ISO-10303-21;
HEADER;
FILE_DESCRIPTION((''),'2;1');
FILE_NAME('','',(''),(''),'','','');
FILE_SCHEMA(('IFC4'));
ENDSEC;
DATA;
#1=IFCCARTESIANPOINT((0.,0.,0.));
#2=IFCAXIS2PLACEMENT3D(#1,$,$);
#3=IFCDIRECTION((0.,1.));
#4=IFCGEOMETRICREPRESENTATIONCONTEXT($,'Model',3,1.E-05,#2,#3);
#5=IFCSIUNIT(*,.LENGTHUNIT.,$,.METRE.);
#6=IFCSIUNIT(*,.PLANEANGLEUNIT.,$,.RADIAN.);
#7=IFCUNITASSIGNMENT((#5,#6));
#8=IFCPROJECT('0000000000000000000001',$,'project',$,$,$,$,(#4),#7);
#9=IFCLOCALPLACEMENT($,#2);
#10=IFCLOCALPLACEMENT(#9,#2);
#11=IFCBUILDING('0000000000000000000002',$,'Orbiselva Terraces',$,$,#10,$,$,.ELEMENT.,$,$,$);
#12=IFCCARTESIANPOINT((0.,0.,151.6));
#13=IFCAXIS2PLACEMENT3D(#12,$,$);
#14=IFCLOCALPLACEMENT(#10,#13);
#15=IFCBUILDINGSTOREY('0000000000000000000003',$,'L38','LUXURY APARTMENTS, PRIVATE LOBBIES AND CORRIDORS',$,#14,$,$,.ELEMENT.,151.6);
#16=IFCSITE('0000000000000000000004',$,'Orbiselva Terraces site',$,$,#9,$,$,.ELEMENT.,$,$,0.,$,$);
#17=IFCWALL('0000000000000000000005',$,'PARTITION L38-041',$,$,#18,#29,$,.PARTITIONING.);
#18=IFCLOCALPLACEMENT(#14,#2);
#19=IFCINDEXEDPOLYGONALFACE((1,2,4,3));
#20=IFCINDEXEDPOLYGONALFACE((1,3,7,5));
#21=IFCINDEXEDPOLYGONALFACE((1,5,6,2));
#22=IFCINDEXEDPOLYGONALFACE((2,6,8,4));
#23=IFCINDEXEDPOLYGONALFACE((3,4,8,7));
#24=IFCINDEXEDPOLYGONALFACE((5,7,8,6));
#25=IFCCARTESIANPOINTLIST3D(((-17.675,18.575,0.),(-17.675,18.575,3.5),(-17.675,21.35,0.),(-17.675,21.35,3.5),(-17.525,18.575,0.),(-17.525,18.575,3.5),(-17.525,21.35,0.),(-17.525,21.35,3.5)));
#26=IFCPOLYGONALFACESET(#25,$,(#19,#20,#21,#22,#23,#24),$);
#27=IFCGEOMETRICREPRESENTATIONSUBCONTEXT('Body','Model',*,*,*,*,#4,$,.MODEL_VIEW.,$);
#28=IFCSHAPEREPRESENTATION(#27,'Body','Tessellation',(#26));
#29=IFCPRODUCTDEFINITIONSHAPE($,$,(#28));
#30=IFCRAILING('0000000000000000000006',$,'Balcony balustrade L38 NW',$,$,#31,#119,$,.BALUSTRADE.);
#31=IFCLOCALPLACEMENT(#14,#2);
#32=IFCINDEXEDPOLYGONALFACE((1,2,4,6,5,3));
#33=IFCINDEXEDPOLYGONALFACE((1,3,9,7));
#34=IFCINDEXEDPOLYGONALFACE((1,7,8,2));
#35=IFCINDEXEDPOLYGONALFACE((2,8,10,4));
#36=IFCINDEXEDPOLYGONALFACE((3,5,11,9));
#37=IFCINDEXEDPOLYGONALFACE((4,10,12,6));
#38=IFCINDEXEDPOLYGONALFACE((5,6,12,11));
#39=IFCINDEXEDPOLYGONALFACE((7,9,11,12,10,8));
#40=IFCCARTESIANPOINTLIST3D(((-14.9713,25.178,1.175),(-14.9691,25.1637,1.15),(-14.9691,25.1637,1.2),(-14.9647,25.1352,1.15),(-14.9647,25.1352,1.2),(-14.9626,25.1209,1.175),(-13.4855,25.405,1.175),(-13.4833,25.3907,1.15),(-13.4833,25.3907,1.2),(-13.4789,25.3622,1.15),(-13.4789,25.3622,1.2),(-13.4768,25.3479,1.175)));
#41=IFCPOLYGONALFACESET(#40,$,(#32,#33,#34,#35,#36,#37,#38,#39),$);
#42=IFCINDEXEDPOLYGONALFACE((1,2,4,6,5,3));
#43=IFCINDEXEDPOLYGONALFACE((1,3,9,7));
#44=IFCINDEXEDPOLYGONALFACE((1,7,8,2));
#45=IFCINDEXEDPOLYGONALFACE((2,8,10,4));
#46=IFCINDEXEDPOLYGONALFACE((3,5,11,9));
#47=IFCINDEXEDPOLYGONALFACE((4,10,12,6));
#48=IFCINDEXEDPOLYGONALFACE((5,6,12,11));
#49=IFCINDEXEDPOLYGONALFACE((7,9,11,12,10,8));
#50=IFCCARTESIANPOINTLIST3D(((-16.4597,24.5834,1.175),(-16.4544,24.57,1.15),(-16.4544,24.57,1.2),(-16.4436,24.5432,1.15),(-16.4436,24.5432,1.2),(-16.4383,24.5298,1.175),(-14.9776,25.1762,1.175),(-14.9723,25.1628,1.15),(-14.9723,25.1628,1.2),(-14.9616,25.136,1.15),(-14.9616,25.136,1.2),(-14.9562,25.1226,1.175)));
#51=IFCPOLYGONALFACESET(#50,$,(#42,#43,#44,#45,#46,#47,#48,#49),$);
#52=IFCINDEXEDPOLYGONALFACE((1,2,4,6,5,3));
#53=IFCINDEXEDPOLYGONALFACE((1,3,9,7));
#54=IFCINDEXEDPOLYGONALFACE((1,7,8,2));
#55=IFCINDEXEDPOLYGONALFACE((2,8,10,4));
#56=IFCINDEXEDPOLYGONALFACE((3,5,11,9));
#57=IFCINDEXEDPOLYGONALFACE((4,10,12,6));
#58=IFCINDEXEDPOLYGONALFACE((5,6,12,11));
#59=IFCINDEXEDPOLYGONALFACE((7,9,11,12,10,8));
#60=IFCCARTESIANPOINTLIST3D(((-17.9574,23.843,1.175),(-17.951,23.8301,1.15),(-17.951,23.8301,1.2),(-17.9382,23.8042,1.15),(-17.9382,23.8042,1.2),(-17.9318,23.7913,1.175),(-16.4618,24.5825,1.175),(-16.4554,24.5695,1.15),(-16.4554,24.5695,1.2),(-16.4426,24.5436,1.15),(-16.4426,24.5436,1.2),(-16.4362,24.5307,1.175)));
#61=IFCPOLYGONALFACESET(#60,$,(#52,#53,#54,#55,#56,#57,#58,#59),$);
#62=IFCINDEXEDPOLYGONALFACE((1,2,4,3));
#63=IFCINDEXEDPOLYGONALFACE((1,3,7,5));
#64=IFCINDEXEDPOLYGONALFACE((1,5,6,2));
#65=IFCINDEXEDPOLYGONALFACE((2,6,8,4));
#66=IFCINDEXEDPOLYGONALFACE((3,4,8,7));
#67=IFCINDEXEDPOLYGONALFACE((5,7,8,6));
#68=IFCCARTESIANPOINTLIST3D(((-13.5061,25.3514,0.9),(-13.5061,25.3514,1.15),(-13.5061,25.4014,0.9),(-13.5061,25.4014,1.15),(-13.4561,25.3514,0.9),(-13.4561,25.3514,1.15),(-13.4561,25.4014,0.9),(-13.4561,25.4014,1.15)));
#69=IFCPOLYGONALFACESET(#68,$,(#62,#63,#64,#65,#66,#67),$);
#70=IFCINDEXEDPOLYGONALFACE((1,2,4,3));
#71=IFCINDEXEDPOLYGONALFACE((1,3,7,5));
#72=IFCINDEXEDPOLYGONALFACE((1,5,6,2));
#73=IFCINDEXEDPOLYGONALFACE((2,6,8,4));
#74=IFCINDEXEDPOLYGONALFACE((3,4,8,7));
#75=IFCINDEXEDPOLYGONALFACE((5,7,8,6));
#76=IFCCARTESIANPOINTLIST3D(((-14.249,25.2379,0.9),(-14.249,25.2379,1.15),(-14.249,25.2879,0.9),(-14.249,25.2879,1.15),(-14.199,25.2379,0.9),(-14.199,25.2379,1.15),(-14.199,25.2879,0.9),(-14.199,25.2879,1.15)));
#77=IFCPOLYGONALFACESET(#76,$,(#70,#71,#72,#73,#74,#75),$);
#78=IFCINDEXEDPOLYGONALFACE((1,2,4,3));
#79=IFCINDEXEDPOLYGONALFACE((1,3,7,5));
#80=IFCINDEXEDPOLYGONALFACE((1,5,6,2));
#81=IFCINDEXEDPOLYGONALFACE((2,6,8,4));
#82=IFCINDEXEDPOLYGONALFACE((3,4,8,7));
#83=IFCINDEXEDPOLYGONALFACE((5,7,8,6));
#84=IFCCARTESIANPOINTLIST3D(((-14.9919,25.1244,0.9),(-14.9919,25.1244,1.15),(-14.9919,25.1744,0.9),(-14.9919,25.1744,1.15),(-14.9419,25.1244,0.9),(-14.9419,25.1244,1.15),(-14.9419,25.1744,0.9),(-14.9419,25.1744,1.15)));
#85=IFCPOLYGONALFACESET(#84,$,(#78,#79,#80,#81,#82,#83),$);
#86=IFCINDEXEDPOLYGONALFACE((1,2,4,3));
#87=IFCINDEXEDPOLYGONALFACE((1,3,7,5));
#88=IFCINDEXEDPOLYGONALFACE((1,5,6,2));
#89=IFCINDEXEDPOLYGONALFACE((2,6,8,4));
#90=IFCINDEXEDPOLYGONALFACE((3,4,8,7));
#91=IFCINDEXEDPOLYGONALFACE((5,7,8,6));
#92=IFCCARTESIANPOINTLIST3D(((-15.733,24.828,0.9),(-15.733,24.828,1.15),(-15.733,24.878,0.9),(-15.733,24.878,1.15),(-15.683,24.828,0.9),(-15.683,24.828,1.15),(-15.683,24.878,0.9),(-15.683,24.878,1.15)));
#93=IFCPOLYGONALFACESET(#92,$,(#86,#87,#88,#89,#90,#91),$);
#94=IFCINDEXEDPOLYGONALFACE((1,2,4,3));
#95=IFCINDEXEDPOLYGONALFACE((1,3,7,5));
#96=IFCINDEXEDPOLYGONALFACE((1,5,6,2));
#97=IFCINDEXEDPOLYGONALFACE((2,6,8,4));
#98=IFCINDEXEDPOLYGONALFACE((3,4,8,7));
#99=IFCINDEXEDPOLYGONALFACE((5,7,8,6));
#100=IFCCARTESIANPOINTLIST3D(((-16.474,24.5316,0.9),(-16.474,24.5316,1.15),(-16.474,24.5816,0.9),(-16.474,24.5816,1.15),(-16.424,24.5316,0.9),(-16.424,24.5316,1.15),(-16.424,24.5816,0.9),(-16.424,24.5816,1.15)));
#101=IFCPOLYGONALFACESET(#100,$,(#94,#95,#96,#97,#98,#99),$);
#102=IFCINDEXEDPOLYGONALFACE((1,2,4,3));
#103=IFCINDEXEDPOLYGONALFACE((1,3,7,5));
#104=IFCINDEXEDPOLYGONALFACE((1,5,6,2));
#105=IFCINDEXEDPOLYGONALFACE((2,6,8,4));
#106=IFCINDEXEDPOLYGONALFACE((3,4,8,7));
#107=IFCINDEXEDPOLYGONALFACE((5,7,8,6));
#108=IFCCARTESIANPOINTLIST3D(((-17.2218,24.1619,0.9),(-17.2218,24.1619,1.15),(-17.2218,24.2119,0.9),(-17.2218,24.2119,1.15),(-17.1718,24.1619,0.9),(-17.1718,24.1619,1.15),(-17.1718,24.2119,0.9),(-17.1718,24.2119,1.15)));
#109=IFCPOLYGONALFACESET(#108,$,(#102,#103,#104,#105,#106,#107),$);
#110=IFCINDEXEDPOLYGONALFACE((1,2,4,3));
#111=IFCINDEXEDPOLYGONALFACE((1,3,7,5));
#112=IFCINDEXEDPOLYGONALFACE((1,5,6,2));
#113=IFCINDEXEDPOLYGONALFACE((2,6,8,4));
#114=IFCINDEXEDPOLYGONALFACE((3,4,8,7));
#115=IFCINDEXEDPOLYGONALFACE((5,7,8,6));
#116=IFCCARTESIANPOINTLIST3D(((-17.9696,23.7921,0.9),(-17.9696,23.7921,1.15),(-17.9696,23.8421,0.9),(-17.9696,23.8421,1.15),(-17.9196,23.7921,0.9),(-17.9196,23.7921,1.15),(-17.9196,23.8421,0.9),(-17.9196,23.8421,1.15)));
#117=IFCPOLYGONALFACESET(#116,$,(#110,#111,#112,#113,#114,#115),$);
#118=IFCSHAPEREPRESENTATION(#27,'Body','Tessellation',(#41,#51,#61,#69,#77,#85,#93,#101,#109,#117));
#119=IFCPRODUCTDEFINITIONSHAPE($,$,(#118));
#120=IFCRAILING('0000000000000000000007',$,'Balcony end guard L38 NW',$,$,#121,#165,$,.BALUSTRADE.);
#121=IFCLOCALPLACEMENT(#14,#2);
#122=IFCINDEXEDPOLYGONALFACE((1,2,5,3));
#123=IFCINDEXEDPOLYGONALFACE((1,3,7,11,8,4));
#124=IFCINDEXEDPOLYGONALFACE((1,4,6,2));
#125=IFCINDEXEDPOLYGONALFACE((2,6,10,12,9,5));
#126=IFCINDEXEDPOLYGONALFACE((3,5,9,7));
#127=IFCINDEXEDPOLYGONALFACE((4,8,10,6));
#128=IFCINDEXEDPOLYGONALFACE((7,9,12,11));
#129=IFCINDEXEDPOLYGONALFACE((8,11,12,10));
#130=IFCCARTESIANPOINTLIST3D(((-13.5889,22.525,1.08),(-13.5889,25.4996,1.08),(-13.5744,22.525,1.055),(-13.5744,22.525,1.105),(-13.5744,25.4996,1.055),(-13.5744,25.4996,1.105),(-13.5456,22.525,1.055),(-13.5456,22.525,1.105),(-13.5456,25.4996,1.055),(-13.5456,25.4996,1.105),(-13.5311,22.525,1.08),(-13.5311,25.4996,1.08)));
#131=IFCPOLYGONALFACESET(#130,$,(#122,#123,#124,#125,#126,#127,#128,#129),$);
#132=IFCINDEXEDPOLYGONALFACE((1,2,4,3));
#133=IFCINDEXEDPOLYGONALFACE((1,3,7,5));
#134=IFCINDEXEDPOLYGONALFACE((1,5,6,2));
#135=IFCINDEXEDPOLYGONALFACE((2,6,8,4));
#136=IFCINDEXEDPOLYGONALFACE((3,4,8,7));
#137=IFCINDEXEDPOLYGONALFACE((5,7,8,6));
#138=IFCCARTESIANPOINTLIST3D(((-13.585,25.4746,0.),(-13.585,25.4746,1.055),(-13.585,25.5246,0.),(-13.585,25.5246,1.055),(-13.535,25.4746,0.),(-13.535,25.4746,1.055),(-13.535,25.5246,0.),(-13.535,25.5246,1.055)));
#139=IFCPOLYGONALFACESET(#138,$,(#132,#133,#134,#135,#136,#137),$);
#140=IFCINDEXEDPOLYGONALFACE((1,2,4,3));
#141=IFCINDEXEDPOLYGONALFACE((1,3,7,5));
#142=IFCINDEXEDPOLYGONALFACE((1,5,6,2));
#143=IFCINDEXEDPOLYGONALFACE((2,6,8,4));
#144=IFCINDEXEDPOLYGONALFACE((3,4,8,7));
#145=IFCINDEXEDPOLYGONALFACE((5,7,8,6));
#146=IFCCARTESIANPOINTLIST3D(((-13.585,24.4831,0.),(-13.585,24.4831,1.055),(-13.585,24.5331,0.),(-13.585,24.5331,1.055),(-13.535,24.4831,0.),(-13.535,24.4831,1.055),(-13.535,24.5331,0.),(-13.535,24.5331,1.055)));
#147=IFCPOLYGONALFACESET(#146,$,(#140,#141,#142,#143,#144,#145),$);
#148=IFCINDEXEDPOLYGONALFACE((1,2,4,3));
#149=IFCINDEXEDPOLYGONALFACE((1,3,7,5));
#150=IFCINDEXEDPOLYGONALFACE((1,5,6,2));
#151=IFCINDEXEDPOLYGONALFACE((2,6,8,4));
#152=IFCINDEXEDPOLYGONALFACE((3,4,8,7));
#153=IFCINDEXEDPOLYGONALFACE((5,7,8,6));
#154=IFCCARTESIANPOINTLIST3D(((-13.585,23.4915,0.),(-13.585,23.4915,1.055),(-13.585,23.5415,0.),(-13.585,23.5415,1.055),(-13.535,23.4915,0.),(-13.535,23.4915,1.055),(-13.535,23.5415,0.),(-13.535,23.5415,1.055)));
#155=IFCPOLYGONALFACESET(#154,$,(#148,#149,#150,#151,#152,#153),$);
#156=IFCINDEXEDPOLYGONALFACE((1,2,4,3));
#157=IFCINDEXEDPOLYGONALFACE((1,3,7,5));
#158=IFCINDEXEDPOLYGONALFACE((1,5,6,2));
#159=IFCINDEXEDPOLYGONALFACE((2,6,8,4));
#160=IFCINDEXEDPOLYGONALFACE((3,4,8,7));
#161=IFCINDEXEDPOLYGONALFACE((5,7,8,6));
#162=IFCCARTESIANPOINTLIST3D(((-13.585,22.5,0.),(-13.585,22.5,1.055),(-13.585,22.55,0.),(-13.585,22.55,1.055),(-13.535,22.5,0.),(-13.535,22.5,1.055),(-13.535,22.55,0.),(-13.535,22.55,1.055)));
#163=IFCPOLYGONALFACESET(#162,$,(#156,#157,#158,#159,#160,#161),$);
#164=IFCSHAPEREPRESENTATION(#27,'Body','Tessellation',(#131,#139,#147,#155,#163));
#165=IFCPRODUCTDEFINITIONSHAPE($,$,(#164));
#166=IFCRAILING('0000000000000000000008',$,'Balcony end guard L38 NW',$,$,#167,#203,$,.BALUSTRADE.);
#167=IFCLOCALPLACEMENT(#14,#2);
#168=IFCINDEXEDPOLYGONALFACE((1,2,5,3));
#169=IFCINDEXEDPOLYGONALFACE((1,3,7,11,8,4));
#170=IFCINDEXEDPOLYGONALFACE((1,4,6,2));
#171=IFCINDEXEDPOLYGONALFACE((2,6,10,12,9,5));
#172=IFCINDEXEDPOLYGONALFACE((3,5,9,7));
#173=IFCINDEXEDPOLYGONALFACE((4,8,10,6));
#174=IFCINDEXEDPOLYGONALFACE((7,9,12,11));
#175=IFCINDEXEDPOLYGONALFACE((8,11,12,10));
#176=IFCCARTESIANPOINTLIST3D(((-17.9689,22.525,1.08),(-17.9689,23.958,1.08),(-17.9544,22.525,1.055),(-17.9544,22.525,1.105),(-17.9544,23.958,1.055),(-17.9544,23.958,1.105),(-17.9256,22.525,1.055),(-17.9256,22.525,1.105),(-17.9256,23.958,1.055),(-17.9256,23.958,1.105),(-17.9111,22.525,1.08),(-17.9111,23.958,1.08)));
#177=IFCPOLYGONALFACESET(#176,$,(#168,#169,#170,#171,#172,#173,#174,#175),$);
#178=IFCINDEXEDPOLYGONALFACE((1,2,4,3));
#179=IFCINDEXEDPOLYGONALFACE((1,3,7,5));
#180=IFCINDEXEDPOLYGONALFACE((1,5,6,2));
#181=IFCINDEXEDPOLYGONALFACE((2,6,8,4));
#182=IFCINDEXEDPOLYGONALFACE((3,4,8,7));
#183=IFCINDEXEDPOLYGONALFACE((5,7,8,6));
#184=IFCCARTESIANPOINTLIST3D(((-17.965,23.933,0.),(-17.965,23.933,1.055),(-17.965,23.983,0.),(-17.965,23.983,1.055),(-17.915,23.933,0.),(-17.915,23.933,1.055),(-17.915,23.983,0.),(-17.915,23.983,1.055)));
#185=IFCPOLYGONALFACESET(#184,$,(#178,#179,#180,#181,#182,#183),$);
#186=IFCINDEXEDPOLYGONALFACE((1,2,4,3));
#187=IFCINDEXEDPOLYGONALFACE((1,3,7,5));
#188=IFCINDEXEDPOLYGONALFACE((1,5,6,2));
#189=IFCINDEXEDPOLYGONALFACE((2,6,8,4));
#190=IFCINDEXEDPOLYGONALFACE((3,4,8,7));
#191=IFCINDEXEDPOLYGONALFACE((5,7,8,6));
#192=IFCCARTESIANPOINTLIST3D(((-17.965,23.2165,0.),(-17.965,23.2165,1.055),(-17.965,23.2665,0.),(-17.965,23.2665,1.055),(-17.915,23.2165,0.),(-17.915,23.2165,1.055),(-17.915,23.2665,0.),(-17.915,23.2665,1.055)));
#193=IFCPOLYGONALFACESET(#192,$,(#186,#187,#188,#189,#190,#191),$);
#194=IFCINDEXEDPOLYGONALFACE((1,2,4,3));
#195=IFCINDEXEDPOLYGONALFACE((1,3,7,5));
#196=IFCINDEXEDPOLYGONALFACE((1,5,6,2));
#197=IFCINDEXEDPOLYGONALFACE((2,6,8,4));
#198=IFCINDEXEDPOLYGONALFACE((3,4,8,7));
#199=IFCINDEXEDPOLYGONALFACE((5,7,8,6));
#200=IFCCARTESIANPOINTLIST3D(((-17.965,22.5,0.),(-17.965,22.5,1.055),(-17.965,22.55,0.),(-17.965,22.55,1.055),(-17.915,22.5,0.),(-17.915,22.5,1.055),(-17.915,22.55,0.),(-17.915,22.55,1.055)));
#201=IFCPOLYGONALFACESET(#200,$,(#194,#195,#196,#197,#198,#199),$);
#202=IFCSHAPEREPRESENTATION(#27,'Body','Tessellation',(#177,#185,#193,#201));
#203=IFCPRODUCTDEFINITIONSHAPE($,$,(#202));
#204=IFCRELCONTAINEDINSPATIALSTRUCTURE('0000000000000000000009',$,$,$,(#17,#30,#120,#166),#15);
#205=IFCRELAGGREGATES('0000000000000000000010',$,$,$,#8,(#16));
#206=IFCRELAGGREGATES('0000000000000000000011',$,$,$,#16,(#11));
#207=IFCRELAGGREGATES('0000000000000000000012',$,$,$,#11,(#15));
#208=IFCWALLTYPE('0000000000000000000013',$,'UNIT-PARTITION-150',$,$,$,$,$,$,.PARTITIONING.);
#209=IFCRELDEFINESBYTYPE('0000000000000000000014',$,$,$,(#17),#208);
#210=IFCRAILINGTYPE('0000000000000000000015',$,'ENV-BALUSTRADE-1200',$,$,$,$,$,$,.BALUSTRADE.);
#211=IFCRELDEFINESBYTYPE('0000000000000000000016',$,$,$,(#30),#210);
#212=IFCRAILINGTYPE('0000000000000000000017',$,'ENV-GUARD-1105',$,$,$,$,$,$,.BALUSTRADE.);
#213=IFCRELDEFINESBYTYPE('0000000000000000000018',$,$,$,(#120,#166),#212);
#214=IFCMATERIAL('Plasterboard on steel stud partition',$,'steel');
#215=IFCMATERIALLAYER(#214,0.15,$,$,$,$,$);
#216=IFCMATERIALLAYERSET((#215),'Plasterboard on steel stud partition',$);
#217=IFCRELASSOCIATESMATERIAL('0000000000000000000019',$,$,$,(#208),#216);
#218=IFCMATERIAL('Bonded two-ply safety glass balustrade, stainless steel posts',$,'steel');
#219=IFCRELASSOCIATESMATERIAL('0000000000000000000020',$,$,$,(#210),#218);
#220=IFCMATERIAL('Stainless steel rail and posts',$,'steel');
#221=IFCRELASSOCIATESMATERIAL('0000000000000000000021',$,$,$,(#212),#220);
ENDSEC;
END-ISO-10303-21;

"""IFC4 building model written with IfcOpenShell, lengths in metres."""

from ifc_helpers import new_model, si_unit, direction, frame, frame_2d, origin, origin_2d, place, context, subcontext, project, spatial, polyline, rectangle, outline, extrude, material, layer, layer_set, type_object, element, save


model = new_model("IFC4")

# Units and contexts
model_context = context("Model", 3, precision=1e-05, world=origin(), true_north=direction((0.0, 1.0)))
body_context = subcontext(model_context, "Body", "Model", "MODEL_VIEW")
ifc_project = project(units=[si_unit("LENGTHUNIT", "METRE"), si_unit("PLANEANGLEUNIT", "RADIAN")], contexts=[model_context])

# Site, building, storey
site_placement = place(None, origin())
site = spatial("IfcSite", under=ifc_project, at=site_placement, Name="Orbiselva Terraces site", CompositionType="ELEMENT", RefElevation=0.0)
building_placement = place(site_placement, origin())
building = spatial("IfcBuilding", under=site, at=building_placement, Name="Orbiselva Terraces", CompositionType="ELEMENT")
storey_placement = place(building_placement, frame((0.0, 0.0, 151.6)))
storey = spatial("IfcBuildingStorey", under=building, at=storey_placement, Name="L38", Description="LUXURY APARTMENTS, PRIVATE LOBBIES AND CORRIDORS", CompositionType="ELEMENT", Elevation=151.6)

# Shared definitions
ifc_material_1 = material(Name="Plasterboard on steel stud partition", Category="steel")
ifc_layer_1 = layer(ifc_material_1, 0.15)
ifc_layer_set_1 = layer_set([ifc_layer_1], Name="Plasterboard on steel stud partition")
wall_type_1 = type_object("IfcWallType", Name="UNIT-PARTITION-150", PredefinedType="PARTITIONING", material=ifc_layer_set_1)

# Wall
wall_1_placement = place(storey_placement, frame((-17.6, 18.575, 0.0), z_axis=(0.0, 0.0, 1.0), x_axis=(0.0, 1.0, 0.0)))
element("IfcWall", 1, at=wall_1_placement, inside=storey, type_object=wall_type_1, Name="PARTITION L38-041", PredefinedType="PARTITIONING", context=body_context, shape_type="SweptSolid", body=[
    extrude(rectangle(XDim=2.775, YDim=0.15, at=frame_2d((1.3875, 0.0))), origin(), (0.0, 0.0, 1.0), 3.5),
])

# Railings
ifc_material_2 = material(Name="Bonded two-ply safety glass balustrade, stainless steel posts", Category="steel")
railing_type_1 = type_object("IfcRailingType", Name="ENV-BALUSTRADE-1200", PredefinedType="BALUSTRADE", material=ifc_material_2)
railing_1_placement = place(storey_placement, frame((-13.4811, 25.3764, 0.9)))
element("IfcRailing", 2, at=railing_1_placement, inside=storey, type_object=railing_type_1, Name="Balcony balustrade L38 NW", PredefinedType="BALUSTRADE", context=body_context, shape_type="SweptSolid", body=[
    extrude(outline(polyline([(0.0289, 0.0), (0.0144, 0.025), (-0.0144, 0.025), (-0.0289, 0.0), (-0.0144, -0.025), (0.0144, -0.025), (0.0289, 0.0)])), frame((0.0, 0.0, 0.275), z_axis=(-0.988529, -0.151034, 0.0), x_axis=(0.151034, -0.988529, 0.0)), (0.0, 0.0, 1.0), 1.503),
    extrude(outline(polyline([(0.0289, 0.0), (0.0144, 0.025), (-0.0144, 0.025), (-0.0289, 0.0), (-0.0144, -0.025), (0.0144, -0.025), (0.0289, 0.0)])), frame((-1.4858, -0.227, 0.275), z_axis=(-0.928477, -0.371391, 0.0), x_axis=(0.371391, -0.928477, 0.0)), (0.0, 0.0, 1.0), 1.5963),
    extrude(outline(polyline([(0.0289, 0.0), (0.0144, 0.025), (-0.0144, 0.025), (-0.0289, 0.0), (-0.0144, -0.025), (0.0144, -0.025), (0.0289, 0.0)])), frame((-2.9679, -0.8198, 0.275), z_axis=(-0.896417, -0.443212, 0.0), x_axis=(0.443212, -0.896417, 0.0)), (0.0, 0.0, 1.0), 1.6684),
    extrude(rectangle(XDim=0.05, YDim=0.05, at=origin_2d()), origin(), (0.0, 0.0, 1.0), 0.25),
    extrude(rectangle(XDim=0.05, YDim=0.05, at=origin_2d()), frame((-0.7429, -0.1135, 0.0)), (0.0, 0.0, 1.0), 0.25),
    extrude(rectangle(XDim=0.05, YDim=0.05, at=origin_2d()), frame((-1.4858, -0.227, 0.0)), (0.0, 0.0, 1.0), 0.25),
    extrude(rectangle(XDim=0.05, YDim=0.05, at=origin_2d()), frame((-2.2268, -0.5234, 0.0)), (0.0, 0.0, 1.0), 0.25),
    extrude(rectangle(XDim=0.05, YDim=0.05, at=origin_2d()), frame((-2.9679, -0.8198, 0.0)), (0.0, 0.0, 1.0), 0.25),
    extrude(rectangle(XDim=0.05, YDim=0.05, at=origin_2d()), frame((-3.7157, -1.1896, 0.0)), (0.0, 0.0, 1.0), 0.25),
    extrude(rectangle(XDim=0.05, YDim=0.05, at=origin_2d()), frame((-4.4635, -1.5593, 0.0)), (0.0, 0.0, 1.0), 0.25),
])
ifc_material_3 = material(Name="Stainless steel rail and posts", Category="steel")
railing_type_2 = type_object("IfcRailingType", Name="ENV-GUARD-1105", PredefinedType="BALUSTRADE", material=ifc_material_3)
railing_2_placement = place(storey_placement, frame((-13.56, 25.4996, 0.0)))
element("IfcRailing", 3, at=railing_2_placement, inside=storey, type_object=railing_type_2, Name="Balcony end guard L38 NW", PredefinedType="BALUSTRADE", context=body_context, shape_type="SweptSolid", body=[
    extrude(outline(polyline([(0.0289, 0.0), (0.0144, 0.025), (-0.0144, 0.025), (-0.0289, 0.0), (-0.0144, -0.025), (0.0144, -0.025), (0.0289, 0.0)])), frame((0.0, 0.0, 1.08), z_axis=(0.0, -1.0, 0.0), x_axis=(1.0, 0.0, 0.0)), (0.0, 0.0, 1.0), 2.9746),
    extrude(rectangle(XDim=0.05, YDim=0.05, at=origin_2d()), origin(), (0.0, 0.0, 1.0), 1.055),
    extrude(rectangle(XDim=0.05, YDim=0.05, at=origin_2d()), frame((0.0, -0.9915, 0.0)), (0.0, 0.0, 1.0), 1.055),
    extrude(rectangle(XDim=0.05, YDim=0.05, at=origin_2d()), frame((0.0, -1.9831, 0.0)), (0.0, 0.0, 1.0), 1.055),
    extrude(rectangle(XDim=0.05, YDim=0.05, at=origin_2d()), frame((0.0, -2.9746, 0.0)), (0.0, 0.0, 1.0), 1.055),
])
railing_3_placement = place(storey_placement, frame((-17.94, 23.958, 0.0)))
element("IfcRailing", 4, at=railing_3_placement, inside=storey, type_object=railing_type_2, Name="Balcony end guard L38 NW", PredefinedType="BALUSTRADE", context=body_context, shape_type="SweptSolid", body=[
    extrude(outline(polyline([(0.0289, 0.0), (0.0144, 0.025), (-0.0144, 0.025), (-0.0289, 0.0), (-0.0144, -0.025), (0.0144, -0.025), (0.0289, 0.0)])), frame((0.0, 0.0, 1.08), z_axis=(0.0, -1.0, 0.0), x_axis=(1.0, 0.0, 0.0)), (0.0, 0.0, 1.0), 1.433),
    extrude(rectangle(XDim=0.05, YDim=0.05, at=origin_2d()), origin(), (0.0, 0.0, 1.0), 1.055),
    extrude(rectangle(XDim=0.05, YDim=0.05, at=origin_2d()), frame((0.0, -0.7165, 0.0)), (0.0, 0.0, 1.0), 1.055),
    extrude(rectangle(XDim=0.05, YDim=0.05, at=origin_2d()), frame((0.0, -1.433, 0.0)), (0.0, 0.0, 1.0), 1.055),
])

save(model, "model.ifc")
